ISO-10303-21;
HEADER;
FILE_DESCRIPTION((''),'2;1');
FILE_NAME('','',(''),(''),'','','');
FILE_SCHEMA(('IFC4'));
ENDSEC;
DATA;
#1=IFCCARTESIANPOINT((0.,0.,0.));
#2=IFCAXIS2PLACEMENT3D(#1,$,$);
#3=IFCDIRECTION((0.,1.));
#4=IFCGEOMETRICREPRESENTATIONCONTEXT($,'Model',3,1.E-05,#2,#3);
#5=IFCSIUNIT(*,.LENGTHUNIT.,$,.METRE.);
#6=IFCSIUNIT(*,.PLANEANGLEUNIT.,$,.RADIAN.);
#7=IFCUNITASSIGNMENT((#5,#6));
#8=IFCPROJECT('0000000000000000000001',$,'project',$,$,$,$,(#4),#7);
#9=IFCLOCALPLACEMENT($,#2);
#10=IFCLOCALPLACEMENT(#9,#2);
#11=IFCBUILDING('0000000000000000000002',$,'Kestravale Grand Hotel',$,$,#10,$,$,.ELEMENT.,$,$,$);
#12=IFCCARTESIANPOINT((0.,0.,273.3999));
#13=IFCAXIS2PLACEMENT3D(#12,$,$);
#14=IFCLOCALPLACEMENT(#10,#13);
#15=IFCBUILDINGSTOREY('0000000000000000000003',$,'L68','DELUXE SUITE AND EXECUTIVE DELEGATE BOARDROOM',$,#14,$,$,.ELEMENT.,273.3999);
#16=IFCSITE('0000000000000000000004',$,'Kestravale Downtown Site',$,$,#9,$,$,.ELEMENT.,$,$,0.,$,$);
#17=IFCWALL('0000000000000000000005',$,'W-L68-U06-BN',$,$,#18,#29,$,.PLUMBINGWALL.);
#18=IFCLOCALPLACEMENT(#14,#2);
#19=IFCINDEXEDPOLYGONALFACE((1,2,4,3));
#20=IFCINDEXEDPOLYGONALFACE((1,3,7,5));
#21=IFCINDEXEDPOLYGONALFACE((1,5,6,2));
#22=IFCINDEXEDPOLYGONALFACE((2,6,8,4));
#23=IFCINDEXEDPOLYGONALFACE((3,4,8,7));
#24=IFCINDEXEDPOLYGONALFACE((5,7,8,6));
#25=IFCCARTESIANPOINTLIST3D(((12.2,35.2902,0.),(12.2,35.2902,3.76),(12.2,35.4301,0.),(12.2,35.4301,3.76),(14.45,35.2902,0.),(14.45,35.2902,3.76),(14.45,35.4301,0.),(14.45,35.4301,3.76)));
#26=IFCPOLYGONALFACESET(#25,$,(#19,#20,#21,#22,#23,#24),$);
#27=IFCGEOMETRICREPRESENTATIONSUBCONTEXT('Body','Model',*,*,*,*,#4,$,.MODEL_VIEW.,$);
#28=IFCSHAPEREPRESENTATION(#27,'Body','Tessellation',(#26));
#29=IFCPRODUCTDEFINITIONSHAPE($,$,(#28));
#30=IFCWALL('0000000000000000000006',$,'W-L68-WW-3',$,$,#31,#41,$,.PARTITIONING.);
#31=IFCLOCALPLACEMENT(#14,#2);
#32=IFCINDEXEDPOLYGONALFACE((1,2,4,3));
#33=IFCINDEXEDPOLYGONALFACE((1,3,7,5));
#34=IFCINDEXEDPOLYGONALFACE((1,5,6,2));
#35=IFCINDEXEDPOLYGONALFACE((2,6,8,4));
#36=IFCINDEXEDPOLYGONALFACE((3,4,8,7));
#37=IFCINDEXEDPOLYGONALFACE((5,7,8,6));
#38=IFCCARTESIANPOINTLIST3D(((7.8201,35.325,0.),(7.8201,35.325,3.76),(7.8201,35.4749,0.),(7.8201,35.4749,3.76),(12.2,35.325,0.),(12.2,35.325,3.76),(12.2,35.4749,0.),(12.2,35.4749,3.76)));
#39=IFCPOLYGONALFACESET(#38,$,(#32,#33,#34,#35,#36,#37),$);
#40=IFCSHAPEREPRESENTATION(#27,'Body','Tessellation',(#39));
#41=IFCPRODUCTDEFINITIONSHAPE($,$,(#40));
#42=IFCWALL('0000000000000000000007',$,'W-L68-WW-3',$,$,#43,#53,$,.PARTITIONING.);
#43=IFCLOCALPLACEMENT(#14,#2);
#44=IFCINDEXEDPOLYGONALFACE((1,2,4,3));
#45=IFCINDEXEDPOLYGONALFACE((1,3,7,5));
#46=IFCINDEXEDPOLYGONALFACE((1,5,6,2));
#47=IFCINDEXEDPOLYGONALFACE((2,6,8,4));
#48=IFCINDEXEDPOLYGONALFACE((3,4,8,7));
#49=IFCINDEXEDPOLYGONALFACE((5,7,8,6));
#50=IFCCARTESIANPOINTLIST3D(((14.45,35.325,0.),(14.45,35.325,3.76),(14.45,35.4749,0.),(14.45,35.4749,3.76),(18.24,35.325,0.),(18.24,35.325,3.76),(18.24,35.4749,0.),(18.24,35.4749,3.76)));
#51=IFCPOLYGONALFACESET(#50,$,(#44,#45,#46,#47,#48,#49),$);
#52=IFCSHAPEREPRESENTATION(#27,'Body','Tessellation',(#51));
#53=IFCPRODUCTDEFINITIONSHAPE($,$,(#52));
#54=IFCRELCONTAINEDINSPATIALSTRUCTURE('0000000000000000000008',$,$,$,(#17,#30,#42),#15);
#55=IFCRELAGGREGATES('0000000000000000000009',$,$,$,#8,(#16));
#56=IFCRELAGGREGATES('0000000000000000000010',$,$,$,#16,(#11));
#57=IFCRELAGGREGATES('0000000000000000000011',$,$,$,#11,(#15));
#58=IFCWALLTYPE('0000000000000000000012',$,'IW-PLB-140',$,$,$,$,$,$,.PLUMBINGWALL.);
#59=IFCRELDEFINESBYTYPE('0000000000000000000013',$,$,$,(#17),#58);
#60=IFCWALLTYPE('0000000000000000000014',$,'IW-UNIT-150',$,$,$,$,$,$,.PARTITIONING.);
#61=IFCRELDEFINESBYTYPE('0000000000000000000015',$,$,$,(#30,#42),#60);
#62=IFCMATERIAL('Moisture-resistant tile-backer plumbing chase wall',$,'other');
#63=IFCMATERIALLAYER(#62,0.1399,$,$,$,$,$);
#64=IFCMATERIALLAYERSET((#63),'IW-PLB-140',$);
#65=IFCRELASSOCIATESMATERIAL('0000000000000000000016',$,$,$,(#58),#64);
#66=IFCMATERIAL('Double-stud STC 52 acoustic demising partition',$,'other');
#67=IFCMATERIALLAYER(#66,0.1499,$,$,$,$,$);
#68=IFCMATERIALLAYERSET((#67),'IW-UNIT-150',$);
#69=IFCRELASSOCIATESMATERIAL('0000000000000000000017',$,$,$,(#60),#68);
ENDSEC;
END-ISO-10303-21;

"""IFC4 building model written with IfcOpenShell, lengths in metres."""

from ifc_helpers import new_model, si_unit, direction, frame, frame_2d, origin, place, context, subcontext, project, spatial, rectangle, extrude, material, layer, layer_set, type_object, element, save


model = new_model("IFC4")

# Units and contexts
model_context = context("Model", 3, precision=1e-05, world=origin(), true_north=direction((0.0, 1.0)))
body_context = subcontext(model_context, "Body", "Model", "MODEL_VIEW")
ifc_project = project(units=[si_unit("LENGTHUNIT", "METRE"), si_unit("PLANEANGLEUNIT", "RADIAN")], contexts=[model_context])

# Site, building, storey
site_placement = place(None, origin())
site = spatial("IfcSite", under=ifc_project, at=site_placement, Name="Kestravale Downtown Site", CompositionType="ELEMENT", RefElevation=0.0)
building_placement = place(site_placement, origin())
building = spatial("IfcBuilding", under=site, at=building_placement, Name="Kestravale Grand Hotel", CompositionType="ELEMENT")
storey_placement = place(building_placement, frame((0.0, 0.0, 273.3999)))
storey = spatial("IfcBuildingStorey", under=building, at=storey_placement, Name="L68", Description="DELUXE SUITE AND EXECUTIVE DELEGATE BOARDROOM", CompositionType="ELEMENT", Elevation=273.3999)

# Shared definitions
ifc_material_1 = material(Name="Moisture-resistant tile-backer plumbing chase wall", Category="other")
ifc_layer_1 = layer(ifc_material_1, 0.1399)
ifc_layer_set_1 = layer_set([ifc_layer_1], Name="IW-PLB-140")
wall_type_1 = type_object("IfcWallType", Name="IW-PLB-140", PredefinedType="PLUMBINGWALL", material=ifc_layer_set_1)

# Walls
for number, where, z_axis, x_axis, name in (
    (1, (12.2, 35.3601, 0.0), (0.0, 0.0, 1.0), (1.0, 0.0, 0.0), "W-L68-U06-BN"),
):
    element("IfcWall", number, at=place(storey_placement, frame(where, z_axis=z_axis, x_axis=x_axis)), inside=storey, type_object=wall_type_1, Name=name, PredefinedType="PLUMBINGWALL", context=body_context, shape_type="SweptSolid", body=[
        extrude(rectangle(XDim=2.25, YDim=0.1399, at=frame_2d((1.125, 0.0))), origin(), (0.0, 0.0, 1.0), 3.76),
    ])
ifc_material_2 = material(Name="Double-stud STC 52 acoustic demising partition", Category="other")
ifc_layer_2 = layer(ifc_material_2, 0.1499)
ifc_layer_set_2 = layer_set([ifc_layer_2], Name="IW-UNIT-150")
wall_type_2 = type_object("IfcWallType", Name="IW-UNIT-150", PredefinedType="PARTITIONING", material=ifc_layer_set_2)
wall_1_placement = place(storey_placement, frame((7.8201, 35.3999, 0.0), z_axis=(0.0, 0.0, 1.0), x_axis=(1.0, 0.0, 0.0)))
element("IfcWall", 2, at=wall_1_placement, inside=storey, type_object=wall_type_2, Name="W-L68-WW-3", PredefinedType="PARTITIONING", context=body_context, shape_type="SweptSolid", body=[
    extrude(rectangle(XDim=4.3799, YDim=0.1499, at=frame_2d((2.1899, 0.0))), origin(), (0.0, 0.0, 1.0), 3.76),
])
wall_2_placement = place(storey_placement, frame((14.45, 35.3999, 0.0), z_axis=(0.0, 0.0, 1.0), x_axis=(1.0, 0.0, 0.0)))
element("IfcWall", 3, at=wall_2_placement, inside=storey, type_object=wall_type_2, Name="W-L68-WW-3", PredefinedType="PARTITIONING", context=body_context, shape_type="SweptSolid", body=[
    extrude(rectangle(XDim=3.79, YDim=0.1499, at=frame_2d((1.895, 0.0))), origin(), (0.0, 0.0, 1.0), 3.76),
])

save(model, "model.ifc")
